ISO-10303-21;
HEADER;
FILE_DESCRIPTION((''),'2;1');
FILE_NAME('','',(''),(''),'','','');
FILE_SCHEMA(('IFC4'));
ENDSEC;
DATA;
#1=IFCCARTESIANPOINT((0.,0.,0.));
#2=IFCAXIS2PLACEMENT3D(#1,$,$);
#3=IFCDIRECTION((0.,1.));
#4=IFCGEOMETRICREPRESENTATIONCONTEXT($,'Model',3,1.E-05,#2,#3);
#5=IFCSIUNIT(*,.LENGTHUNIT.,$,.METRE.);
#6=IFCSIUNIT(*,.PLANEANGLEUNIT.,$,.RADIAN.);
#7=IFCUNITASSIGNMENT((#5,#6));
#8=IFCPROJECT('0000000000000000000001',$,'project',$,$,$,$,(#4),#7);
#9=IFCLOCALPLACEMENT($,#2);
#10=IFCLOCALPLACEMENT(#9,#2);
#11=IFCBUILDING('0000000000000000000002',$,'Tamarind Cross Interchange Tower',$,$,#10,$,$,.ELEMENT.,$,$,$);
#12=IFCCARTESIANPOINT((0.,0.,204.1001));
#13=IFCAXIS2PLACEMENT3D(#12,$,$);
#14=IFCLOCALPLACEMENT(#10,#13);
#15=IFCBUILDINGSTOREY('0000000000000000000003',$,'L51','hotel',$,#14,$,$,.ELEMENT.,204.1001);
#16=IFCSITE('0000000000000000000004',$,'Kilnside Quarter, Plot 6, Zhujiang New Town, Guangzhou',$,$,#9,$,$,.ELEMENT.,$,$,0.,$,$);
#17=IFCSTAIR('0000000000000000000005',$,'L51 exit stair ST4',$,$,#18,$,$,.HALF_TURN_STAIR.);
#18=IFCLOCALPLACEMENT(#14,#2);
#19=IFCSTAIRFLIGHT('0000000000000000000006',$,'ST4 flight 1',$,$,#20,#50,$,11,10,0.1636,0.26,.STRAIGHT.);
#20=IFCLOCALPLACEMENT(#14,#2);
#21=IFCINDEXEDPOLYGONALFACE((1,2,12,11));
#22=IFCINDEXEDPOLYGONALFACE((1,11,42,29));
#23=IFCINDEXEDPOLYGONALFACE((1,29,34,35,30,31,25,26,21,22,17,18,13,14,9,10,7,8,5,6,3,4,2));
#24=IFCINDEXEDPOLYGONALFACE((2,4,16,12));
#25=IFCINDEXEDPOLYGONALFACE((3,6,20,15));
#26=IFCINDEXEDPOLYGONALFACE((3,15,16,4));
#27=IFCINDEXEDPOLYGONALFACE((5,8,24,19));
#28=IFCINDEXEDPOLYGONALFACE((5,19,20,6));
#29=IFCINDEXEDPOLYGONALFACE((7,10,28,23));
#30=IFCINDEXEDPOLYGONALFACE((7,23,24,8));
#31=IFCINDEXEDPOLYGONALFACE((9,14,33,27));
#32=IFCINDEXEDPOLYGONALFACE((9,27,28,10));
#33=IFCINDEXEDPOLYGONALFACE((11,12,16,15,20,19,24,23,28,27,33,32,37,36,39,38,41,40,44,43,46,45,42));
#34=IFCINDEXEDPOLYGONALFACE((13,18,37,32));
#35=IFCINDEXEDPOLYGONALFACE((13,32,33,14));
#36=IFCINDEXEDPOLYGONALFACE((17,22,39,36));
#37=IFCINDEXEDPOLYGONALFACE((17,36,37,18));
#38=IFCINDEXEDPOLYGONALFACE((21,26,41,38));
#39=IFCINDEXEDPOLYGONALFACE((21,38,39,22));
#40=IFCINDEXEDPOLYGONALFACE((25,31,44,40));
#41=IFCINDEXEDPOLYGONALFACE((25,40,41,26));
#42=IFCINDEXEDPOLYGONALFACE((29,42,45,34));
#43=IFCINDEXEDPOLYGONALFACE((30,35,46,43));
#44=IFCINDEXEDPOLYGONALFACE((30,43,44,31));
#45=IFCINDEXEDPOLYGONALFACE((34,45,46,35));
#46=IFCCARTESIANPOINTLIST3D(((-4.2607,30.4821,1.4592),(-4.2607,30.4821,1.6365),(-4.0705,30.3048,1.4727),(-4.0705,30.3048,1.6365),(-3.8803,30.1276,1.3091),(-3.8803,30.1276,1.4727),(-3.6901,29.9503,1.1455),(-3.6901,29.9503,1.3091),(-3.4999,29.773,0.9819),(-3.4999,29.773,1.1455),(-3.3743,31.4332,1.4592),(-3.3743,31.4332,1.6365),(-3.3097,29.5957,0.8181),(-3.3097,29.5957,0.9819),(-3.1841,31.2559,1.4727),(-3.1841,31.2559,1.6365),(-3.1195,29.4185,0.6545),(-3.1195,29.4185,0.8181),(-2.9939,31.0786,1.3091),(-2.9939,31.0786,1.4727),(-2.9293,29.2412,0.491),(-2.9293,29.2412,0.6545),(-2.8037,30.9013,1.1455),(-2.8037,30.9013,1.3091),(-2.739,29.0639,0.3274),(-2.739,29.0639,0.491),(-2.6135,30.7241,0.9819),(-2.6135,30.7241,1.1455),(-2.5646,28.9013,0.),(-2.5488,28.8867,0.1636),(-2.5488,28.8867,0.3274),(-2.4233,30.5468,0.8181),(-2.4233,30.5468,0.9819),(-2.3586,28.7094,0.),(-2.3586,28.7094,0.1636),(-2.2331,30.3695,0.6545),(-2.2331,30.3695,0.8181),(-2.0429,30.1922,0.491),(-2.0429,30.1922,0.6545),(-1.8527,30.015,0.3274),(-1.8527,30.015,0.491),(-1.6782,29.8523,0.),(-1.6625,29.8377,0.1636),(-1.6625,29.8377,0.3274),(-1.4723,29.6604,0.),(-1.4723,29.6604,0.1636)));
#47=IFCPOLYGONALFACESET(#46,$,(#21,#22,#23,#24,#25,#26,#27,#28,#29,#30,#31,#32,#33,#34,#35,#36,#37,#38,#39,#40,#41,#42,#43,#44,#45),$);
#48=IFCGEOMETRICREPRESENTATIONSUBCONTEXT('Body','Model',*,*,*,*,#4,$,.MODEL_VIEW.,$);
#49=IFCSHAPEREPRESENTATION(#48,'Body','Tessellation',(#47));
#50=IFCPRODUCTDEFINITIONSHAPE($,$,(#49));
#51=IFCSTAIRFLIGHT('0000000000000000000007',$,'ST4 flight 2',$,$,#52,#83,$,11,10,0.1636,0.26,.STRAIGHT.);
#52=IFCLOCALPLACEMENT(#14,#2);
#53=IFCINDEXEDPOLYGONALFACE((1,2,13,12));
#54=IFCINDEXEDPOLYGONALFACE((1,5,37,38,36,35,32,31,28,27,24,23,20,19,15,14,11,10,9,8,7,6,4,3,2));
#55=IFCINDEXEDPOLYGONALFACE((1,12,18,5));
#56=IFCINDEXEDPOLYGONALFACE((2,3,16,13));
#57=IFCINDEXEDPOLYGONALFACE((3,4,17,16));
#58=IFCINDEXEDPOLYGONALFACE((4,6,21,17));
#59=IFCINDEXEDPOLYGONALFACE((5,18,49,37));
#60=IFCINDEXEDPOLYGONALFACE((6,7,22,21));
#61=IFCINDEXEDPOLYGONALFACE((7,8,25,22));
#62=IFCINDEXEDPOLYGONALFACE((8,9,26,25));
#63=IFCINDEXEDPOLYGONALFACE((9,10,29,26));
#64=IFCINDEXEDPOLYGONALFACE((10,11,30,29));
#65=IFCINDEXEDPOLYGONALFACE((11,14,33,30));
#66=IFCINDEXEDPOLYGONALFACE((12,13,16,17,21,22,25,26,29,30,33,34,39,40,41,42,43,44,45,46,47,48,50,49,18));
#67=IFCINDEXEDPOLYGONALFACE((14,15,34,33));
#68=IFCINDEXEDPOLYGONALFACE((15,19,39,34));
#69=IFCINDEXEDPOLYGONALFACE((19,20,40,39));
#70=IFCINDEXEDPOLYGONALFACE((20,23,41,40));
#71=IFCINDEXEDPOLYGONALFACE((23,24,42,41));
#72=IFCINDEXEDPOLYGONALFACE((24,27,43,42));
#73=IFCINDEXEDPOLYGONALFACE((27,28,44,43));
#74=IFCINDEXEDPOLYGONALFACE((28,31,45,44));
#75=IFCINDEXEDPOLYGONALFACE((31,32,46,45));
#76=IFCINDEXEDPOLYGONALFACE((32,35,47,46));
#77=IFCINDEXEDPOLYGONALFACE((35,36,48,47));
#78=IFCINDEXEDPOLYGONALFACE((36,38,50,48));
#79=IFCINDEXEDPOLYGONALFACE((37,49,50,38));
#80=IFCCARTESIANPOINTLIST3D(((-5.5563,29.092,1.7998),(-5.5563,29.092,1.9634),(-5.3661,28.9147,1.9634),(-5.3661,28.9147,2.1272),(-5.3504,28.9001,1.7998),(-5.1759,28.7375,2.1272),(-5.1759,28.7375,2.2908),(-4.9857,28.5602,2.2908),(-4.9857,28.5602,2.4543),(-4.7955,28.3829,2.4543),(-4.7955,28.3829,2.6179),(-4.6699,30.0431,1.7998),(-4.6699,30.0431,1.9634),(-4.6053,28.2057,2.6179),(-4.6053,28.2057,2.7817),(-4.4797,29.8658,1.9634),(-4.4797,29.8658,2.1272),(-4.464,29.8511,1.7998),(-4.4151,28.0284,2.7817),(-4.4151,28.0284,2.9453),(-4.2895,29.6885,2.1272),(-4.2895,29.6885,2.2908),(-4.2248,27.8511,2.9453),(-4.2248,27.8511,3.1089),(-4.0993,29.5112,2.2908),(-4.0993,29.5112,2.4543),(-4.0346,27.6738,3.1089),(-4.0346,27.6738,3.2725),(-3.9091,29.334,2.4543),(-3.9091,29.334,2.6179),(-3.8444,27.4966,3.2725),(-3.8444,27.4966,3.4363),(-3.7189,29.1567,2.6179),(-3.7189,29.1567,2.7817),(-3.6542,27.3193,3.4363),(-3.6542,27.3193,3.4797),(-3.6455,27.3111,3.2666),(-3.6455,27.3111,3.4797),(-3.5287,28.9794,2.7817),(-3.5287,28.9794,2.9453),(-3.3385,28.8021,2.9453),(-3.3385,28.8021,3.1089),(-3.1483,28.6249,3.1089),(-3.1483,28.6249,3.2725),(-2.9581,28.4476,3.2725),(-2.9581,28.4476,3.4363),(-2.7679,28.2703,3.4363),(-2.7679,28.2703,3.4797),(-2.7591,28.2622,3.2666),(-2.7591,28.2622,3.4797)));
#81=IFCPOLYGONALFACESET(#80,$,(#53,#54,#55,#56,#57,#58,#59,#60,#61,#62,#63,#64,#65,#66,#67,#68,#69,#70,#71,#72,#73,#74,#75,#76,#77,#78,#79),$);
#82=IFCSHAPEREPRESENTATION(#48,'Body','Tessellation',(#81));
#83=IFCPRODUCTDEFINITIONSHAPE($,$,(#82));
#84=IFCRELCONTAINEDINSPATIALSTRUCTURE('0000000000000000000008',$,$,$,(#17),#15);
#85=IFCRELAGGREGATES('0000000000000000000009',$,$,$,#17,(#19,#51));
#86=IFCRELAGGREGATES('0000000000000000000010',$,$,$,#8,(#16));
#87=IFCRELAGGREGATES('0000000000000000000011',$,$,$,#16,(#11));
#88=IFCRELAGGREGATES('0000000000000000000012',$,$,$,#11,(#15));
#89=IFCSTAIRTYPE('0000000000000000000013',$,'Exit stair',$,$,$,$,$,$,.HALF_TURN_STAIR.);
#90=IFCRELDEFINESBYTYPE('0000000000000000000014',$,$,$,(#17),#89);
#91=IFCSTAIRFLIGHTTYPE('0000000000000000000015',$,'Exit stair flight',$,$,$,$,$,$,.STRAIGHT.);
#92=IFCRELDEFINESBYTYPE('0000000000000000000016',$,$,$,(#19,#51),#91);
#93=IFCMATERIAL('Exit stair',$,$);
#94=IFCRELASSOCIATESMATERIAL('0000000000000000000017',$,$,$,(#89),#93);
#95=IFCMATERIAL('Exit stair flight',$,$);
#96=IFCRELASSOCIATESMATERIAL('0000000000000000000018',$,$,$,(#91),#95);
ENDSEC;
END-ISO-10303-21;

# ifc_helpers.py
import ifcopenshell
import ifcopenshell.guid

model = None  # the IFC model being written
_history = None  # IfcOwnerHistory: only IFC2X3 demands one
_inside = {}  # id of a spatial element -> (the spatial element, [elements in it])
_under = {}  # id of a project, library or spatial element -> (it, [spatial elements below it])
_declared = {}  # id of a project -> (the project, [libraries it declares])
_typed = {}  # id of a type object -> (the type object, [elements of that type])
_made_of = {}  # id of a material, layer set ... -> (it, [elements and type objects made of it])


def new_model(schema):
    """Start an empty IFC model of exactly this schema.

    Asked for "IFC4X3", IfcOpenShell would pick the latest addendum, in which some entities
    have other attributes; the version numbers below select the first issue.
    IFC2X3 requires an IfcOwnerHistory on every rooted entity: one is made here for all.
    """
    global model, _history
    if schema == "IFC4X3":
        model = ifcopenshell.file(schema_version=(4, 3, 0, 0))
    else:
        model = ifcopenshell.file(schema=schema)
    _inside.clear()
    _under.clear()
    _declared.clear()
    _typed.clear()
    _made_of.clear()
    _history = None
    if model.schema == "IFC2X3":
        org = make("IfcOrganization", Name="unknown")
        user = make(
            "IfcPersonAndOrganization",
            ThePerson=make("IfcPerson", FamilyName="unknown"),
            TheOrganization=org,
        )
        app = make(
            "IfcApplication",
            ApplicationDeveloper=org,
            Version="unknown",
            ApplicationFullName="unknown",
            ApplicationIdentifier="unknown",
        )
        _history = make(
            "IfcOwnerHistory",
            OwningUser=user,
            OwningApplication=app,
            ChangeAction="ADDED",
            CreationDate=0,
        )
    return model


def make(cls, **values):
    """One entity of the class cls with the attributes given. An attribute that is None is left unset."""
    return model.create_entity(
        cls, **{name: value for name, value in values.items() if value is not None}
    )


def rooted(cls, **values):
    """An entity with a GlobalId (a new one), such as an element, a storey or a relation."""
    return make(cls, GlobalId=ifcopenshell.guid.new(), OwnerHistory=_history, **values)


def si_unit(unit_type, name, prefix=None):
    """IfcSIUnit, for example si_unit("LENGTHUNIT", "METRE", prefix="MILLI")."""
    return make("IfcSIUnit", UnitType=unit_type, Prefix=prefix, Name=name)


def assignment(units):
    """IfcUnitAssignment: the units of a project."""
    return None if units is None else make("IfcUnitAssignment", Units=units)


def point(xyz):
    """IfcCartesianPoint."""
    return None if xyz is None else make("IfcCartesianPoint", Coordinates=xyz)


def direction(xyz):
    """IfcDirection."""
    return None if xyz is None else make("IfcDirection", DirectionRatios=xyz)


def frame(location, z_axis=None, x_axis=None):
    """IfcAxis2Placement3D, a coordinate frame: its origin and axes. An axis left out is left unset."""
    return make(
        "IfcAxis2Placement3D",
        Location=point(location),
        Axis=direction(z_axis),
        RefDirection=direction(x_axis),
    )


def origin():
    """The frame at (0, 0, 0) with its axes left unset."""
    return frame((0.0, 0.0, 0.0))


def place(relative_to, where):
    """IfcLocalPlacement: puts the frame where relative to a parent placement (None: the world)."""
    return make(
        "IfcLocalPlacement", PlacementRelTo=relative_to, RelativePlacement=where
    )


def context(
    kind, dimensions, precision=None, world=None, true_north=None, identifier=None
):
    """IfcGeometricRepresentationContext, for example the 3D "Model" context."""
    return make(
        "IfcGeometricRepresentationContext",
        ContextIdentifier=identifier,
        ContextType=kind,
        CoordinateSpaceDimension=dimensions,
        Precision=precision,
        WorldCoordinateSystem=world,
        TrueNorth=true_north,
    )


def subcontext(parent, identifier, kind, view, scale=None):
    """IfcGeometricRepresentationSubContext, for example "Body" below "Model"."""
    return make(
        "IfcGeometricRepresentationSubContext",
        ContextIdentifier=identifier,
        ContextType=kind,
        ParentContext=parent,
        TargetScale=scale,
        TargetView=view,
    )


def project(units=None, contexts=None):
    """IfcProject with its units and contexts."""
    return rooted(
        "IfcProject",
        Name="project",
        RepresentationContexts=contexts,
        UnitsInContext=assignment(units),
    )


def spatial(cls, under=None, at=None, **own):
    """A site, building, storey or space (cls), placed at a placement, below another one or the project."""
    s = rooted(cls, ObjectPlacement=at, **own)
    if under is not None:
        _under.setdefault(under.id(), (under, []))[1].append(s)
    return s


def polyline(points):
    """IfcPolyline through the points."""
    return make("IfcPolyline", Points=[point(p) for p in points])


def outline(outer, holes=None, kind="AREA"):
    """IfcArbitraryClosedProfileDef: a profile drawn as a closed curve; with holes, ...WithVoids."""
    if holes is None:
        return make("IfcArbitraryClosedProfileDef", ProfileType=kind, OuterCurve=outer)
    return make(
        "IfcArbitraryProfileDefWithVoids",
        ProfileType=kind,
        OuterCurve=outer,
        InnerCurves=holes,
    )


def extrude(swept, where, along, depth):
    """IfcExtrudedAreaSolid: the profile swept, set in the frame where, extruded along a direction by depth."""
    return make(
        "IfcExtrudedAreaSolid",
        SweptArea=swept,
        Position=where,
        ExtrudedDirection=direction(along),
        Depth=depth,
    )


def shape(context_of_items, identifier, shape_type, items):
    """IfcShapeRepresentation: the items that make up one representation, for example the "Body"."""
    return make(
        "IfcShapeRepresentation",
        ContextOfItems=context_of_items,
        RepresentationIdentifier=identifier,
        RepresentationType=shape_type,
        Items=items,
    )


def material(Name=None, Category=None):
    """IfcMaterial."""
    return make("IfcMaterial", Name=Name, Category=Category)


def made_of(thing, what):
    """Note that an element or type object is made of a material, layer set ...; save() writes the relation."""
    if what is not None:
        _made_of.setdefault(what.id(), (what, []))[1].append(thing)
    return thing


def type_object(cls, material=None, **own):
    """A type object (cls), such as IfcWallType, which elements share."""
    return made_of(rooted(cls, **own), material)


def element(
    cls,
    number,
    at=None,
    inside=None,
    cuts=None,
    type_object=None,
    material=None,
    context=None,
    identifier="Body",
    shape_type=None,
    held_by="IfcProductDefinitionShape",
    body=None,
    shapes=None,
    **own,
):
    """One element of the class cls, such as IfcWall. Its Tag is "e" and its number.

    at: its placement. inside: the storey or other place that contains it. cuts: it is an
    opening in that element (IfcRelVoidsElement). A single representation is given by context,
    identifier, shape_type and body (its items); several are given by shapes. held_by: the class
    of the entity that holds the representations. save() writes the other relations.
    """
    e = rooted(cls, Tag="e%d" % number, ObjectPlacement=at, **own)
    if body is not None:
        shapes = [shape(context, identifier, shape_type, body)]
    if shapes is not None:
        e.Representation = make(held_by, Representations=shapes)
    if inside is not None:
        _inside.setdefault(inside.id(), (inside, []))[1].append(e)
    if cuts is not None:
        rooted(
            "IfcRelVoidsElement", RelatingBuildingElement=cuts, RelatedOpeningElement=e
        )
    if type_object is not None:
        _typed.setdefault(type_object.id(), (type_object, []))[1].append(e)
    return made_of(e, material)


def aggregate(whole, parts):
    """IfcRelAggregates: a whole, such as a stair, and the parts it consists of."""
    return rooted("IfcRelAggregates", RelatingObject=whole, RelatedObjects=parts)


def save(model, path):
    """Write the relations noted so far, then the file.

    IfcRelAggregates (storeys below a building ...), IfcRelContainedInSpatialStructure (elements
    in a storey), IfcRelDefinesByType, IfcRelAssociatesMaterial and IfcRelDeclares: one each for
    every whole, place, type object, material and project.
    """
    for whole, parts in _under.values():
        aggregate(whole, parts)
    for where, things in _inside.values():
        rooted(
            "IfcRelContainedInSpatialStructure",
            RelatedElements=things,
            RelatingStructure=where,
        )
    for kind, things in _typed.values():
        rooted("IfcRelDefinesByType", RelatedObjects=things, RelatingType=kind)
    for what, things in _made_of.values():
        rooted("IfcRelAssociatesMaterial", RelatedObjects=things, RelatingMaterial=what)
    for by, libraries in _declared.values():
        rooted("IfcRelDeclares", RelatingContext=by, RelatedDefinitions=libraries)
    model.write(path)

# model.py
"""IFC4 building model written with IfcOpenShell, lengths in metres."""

from ifc_helpers import new_model, si_unit, direction, frame, origin, place, context, subcontext, project, spatial, polyline, outline, extrude, material, type_object, element, aggregate, save


model = new_model("IFC4")

# Units and contexts
model_context = context("Model", 3, precision=1e-05, world=origin(), true_north=direction((0.0, 1.0)))
body_context = subcontext(model_context, "Body", "Model", "MODEL_VIEW")
ifc_project = project(units=[si_unit("LENGTHUNIT", "METRE"), si_unit("PLANEANGLEUNIT", "RADIAN")], contexts=[model_context])

# Site, building, storey
site_placement = place(None, origin())
site = spatial("IfcSite", under=ifc_project, at=site_placement, Name="Kilnside Quarter, Plot 6, Zhujiang New Town, Guangzhou", CompositionType="ELEMENT", RefElevation=0.0)
building_placement = place(site_placement, origin())
building = spatial("IfcBuilding", under=site, at=building_placement, Name="Tamarind Cross Interchange Tower", CompositionType="ELEMENT")
storey_placement = place(building_placement, frame((0.0, 0.0, 204.1001)))
storey = spatial("IfcBuildingStorey", under=building, at=storey_placement, Name="L51", Description="hotel", CompositionType="ELEMENT", Elevation=204.1001)

# Stair, stair flights
ifc_material_1 = material(Name="Exit stair")
stair_type = type_object("IfcStairType", Name="Exit stair", PredefinedType="HALF_TURN_STAIR", material=ifc_material_1)
stair_placement = place(storey_placement, origin())
stair = element("IfcStair", 1, at=stair_placement, inside=storey, type_object=stair_type, Name="L51 exit stair ST4", PredefinedType="HALF_TURN_STAIR")
ifc_material_2 = material(Name="Exit stair flight")
stair_flight_type = type_object("IfcStairFlightType", Name="Exit stair flight", PredefinedType="STRAIGHT", material=ifc_material_2)
stair_flight_1_placement = place(storey_placement, frame((-1.9155, 29.1848, 0.0), z_axis=(0.0, 0.0, 1.0), x_axis=(-0.731544, 0.681794, 0.0)))
stair_flight_1 = element("IfcStairFlight", 2, at=stair_flight_1_placement, type_object=stair_flight_type, Name="ST4 flight 1", NumberOfRisers=11, NumberOfTreads=10, PredefinedType="STRAIGHT", RiserHeight=0.1636, TreadLength=0.26, context=body_context, shape_type="SweptSolid", body=[
    extrude(outline(polyline([(0.0, 0.0), (0.0, 0.1636), (0.26, 0.1636), (0.26, 0.3274), (0.52, 0.3274), (0.52, 0.491), (0.78, 0.491), (0.78, 0.6545), (1.04, 0.6545), (1.04, 0.8181), (1.3, 0.8181), (1.3, 0.9819), (1.5601, 0.9819), (1.5601, 1.1455), (1.8201, 1.1455), (1.8201, 1.3091), (2.0801, 1.3091), (2.0801, 1.4727), (2.3401, 1.4727), (2.3401, 1.6365), (2.6001, 1.6365), (2.6001, 1.8), (2.6001, 1.4592), (0.2815, 0.0), (0.0, 0.0)])), frame((0.0, 0.6499, 0.0), z_axis=(0.0, -1.0, 0.0), x_axis=(1.0, 0.0, 0.0)), (0.0, 0.0, 1.0), 1.3),
])
stair_flight_2_placement = place(storey_placement, frame((-5.113, 29.5676, 1.7998), z_axis=(0.0, 0.0, 1.0), x_axis=(0.731544, -0.681794, 0.0)))
stair_flight_2 = element("IfcStairFlight", 3, at=stair_flight_2_placement, type_object=stair_flight_type, Name="ST4 flight 2", NumberOfRisers=11, NumberOfTreads=10, PredefinedType="STRAIGHT", RiserHeight=0.1636, TreadLength=0.26, context=body_context, shape_type="SweptSolid", body=[
    extrude(outline(polyline([(0.0, 0.0), (0.0, 0.1636), (0.26, 0.1636), (0.26, 0.3274), (0.52, 0.3274), (0.52, 0.491), (0.78, 0.491), (0.78, 0.6545), (1.04, 0.6545), (1.04, 0.8181), (1.3, 0.8181), (1.3, 0.9819), (1.5601, 0.9819), (1.5601, 1.1455), (1.8201, 1.1455), (1.8201, 1.3091), (2.0801, 1.3091), (2.0801, 1.4727), (2.3401, 1.4727), (2.3401, 1.6365), (2.6001, 1.6365), (2.6001, 1.6799), (2.6121, 1.6799), (2.6121, 1.4668), (0.2815, 0.0), (0.0, 0.0)])), frame((0.0, 0.6499, 0.0), z_axis=(0.0, -1.0, 0.0), x_axis=(1.0, 0.0, 0.0)), (0.0, 0.0, 1.0), 1.3),
])
aggregate(stair, [stair_flight_1, stair_flight_2])

save(model, "model.ifc")
